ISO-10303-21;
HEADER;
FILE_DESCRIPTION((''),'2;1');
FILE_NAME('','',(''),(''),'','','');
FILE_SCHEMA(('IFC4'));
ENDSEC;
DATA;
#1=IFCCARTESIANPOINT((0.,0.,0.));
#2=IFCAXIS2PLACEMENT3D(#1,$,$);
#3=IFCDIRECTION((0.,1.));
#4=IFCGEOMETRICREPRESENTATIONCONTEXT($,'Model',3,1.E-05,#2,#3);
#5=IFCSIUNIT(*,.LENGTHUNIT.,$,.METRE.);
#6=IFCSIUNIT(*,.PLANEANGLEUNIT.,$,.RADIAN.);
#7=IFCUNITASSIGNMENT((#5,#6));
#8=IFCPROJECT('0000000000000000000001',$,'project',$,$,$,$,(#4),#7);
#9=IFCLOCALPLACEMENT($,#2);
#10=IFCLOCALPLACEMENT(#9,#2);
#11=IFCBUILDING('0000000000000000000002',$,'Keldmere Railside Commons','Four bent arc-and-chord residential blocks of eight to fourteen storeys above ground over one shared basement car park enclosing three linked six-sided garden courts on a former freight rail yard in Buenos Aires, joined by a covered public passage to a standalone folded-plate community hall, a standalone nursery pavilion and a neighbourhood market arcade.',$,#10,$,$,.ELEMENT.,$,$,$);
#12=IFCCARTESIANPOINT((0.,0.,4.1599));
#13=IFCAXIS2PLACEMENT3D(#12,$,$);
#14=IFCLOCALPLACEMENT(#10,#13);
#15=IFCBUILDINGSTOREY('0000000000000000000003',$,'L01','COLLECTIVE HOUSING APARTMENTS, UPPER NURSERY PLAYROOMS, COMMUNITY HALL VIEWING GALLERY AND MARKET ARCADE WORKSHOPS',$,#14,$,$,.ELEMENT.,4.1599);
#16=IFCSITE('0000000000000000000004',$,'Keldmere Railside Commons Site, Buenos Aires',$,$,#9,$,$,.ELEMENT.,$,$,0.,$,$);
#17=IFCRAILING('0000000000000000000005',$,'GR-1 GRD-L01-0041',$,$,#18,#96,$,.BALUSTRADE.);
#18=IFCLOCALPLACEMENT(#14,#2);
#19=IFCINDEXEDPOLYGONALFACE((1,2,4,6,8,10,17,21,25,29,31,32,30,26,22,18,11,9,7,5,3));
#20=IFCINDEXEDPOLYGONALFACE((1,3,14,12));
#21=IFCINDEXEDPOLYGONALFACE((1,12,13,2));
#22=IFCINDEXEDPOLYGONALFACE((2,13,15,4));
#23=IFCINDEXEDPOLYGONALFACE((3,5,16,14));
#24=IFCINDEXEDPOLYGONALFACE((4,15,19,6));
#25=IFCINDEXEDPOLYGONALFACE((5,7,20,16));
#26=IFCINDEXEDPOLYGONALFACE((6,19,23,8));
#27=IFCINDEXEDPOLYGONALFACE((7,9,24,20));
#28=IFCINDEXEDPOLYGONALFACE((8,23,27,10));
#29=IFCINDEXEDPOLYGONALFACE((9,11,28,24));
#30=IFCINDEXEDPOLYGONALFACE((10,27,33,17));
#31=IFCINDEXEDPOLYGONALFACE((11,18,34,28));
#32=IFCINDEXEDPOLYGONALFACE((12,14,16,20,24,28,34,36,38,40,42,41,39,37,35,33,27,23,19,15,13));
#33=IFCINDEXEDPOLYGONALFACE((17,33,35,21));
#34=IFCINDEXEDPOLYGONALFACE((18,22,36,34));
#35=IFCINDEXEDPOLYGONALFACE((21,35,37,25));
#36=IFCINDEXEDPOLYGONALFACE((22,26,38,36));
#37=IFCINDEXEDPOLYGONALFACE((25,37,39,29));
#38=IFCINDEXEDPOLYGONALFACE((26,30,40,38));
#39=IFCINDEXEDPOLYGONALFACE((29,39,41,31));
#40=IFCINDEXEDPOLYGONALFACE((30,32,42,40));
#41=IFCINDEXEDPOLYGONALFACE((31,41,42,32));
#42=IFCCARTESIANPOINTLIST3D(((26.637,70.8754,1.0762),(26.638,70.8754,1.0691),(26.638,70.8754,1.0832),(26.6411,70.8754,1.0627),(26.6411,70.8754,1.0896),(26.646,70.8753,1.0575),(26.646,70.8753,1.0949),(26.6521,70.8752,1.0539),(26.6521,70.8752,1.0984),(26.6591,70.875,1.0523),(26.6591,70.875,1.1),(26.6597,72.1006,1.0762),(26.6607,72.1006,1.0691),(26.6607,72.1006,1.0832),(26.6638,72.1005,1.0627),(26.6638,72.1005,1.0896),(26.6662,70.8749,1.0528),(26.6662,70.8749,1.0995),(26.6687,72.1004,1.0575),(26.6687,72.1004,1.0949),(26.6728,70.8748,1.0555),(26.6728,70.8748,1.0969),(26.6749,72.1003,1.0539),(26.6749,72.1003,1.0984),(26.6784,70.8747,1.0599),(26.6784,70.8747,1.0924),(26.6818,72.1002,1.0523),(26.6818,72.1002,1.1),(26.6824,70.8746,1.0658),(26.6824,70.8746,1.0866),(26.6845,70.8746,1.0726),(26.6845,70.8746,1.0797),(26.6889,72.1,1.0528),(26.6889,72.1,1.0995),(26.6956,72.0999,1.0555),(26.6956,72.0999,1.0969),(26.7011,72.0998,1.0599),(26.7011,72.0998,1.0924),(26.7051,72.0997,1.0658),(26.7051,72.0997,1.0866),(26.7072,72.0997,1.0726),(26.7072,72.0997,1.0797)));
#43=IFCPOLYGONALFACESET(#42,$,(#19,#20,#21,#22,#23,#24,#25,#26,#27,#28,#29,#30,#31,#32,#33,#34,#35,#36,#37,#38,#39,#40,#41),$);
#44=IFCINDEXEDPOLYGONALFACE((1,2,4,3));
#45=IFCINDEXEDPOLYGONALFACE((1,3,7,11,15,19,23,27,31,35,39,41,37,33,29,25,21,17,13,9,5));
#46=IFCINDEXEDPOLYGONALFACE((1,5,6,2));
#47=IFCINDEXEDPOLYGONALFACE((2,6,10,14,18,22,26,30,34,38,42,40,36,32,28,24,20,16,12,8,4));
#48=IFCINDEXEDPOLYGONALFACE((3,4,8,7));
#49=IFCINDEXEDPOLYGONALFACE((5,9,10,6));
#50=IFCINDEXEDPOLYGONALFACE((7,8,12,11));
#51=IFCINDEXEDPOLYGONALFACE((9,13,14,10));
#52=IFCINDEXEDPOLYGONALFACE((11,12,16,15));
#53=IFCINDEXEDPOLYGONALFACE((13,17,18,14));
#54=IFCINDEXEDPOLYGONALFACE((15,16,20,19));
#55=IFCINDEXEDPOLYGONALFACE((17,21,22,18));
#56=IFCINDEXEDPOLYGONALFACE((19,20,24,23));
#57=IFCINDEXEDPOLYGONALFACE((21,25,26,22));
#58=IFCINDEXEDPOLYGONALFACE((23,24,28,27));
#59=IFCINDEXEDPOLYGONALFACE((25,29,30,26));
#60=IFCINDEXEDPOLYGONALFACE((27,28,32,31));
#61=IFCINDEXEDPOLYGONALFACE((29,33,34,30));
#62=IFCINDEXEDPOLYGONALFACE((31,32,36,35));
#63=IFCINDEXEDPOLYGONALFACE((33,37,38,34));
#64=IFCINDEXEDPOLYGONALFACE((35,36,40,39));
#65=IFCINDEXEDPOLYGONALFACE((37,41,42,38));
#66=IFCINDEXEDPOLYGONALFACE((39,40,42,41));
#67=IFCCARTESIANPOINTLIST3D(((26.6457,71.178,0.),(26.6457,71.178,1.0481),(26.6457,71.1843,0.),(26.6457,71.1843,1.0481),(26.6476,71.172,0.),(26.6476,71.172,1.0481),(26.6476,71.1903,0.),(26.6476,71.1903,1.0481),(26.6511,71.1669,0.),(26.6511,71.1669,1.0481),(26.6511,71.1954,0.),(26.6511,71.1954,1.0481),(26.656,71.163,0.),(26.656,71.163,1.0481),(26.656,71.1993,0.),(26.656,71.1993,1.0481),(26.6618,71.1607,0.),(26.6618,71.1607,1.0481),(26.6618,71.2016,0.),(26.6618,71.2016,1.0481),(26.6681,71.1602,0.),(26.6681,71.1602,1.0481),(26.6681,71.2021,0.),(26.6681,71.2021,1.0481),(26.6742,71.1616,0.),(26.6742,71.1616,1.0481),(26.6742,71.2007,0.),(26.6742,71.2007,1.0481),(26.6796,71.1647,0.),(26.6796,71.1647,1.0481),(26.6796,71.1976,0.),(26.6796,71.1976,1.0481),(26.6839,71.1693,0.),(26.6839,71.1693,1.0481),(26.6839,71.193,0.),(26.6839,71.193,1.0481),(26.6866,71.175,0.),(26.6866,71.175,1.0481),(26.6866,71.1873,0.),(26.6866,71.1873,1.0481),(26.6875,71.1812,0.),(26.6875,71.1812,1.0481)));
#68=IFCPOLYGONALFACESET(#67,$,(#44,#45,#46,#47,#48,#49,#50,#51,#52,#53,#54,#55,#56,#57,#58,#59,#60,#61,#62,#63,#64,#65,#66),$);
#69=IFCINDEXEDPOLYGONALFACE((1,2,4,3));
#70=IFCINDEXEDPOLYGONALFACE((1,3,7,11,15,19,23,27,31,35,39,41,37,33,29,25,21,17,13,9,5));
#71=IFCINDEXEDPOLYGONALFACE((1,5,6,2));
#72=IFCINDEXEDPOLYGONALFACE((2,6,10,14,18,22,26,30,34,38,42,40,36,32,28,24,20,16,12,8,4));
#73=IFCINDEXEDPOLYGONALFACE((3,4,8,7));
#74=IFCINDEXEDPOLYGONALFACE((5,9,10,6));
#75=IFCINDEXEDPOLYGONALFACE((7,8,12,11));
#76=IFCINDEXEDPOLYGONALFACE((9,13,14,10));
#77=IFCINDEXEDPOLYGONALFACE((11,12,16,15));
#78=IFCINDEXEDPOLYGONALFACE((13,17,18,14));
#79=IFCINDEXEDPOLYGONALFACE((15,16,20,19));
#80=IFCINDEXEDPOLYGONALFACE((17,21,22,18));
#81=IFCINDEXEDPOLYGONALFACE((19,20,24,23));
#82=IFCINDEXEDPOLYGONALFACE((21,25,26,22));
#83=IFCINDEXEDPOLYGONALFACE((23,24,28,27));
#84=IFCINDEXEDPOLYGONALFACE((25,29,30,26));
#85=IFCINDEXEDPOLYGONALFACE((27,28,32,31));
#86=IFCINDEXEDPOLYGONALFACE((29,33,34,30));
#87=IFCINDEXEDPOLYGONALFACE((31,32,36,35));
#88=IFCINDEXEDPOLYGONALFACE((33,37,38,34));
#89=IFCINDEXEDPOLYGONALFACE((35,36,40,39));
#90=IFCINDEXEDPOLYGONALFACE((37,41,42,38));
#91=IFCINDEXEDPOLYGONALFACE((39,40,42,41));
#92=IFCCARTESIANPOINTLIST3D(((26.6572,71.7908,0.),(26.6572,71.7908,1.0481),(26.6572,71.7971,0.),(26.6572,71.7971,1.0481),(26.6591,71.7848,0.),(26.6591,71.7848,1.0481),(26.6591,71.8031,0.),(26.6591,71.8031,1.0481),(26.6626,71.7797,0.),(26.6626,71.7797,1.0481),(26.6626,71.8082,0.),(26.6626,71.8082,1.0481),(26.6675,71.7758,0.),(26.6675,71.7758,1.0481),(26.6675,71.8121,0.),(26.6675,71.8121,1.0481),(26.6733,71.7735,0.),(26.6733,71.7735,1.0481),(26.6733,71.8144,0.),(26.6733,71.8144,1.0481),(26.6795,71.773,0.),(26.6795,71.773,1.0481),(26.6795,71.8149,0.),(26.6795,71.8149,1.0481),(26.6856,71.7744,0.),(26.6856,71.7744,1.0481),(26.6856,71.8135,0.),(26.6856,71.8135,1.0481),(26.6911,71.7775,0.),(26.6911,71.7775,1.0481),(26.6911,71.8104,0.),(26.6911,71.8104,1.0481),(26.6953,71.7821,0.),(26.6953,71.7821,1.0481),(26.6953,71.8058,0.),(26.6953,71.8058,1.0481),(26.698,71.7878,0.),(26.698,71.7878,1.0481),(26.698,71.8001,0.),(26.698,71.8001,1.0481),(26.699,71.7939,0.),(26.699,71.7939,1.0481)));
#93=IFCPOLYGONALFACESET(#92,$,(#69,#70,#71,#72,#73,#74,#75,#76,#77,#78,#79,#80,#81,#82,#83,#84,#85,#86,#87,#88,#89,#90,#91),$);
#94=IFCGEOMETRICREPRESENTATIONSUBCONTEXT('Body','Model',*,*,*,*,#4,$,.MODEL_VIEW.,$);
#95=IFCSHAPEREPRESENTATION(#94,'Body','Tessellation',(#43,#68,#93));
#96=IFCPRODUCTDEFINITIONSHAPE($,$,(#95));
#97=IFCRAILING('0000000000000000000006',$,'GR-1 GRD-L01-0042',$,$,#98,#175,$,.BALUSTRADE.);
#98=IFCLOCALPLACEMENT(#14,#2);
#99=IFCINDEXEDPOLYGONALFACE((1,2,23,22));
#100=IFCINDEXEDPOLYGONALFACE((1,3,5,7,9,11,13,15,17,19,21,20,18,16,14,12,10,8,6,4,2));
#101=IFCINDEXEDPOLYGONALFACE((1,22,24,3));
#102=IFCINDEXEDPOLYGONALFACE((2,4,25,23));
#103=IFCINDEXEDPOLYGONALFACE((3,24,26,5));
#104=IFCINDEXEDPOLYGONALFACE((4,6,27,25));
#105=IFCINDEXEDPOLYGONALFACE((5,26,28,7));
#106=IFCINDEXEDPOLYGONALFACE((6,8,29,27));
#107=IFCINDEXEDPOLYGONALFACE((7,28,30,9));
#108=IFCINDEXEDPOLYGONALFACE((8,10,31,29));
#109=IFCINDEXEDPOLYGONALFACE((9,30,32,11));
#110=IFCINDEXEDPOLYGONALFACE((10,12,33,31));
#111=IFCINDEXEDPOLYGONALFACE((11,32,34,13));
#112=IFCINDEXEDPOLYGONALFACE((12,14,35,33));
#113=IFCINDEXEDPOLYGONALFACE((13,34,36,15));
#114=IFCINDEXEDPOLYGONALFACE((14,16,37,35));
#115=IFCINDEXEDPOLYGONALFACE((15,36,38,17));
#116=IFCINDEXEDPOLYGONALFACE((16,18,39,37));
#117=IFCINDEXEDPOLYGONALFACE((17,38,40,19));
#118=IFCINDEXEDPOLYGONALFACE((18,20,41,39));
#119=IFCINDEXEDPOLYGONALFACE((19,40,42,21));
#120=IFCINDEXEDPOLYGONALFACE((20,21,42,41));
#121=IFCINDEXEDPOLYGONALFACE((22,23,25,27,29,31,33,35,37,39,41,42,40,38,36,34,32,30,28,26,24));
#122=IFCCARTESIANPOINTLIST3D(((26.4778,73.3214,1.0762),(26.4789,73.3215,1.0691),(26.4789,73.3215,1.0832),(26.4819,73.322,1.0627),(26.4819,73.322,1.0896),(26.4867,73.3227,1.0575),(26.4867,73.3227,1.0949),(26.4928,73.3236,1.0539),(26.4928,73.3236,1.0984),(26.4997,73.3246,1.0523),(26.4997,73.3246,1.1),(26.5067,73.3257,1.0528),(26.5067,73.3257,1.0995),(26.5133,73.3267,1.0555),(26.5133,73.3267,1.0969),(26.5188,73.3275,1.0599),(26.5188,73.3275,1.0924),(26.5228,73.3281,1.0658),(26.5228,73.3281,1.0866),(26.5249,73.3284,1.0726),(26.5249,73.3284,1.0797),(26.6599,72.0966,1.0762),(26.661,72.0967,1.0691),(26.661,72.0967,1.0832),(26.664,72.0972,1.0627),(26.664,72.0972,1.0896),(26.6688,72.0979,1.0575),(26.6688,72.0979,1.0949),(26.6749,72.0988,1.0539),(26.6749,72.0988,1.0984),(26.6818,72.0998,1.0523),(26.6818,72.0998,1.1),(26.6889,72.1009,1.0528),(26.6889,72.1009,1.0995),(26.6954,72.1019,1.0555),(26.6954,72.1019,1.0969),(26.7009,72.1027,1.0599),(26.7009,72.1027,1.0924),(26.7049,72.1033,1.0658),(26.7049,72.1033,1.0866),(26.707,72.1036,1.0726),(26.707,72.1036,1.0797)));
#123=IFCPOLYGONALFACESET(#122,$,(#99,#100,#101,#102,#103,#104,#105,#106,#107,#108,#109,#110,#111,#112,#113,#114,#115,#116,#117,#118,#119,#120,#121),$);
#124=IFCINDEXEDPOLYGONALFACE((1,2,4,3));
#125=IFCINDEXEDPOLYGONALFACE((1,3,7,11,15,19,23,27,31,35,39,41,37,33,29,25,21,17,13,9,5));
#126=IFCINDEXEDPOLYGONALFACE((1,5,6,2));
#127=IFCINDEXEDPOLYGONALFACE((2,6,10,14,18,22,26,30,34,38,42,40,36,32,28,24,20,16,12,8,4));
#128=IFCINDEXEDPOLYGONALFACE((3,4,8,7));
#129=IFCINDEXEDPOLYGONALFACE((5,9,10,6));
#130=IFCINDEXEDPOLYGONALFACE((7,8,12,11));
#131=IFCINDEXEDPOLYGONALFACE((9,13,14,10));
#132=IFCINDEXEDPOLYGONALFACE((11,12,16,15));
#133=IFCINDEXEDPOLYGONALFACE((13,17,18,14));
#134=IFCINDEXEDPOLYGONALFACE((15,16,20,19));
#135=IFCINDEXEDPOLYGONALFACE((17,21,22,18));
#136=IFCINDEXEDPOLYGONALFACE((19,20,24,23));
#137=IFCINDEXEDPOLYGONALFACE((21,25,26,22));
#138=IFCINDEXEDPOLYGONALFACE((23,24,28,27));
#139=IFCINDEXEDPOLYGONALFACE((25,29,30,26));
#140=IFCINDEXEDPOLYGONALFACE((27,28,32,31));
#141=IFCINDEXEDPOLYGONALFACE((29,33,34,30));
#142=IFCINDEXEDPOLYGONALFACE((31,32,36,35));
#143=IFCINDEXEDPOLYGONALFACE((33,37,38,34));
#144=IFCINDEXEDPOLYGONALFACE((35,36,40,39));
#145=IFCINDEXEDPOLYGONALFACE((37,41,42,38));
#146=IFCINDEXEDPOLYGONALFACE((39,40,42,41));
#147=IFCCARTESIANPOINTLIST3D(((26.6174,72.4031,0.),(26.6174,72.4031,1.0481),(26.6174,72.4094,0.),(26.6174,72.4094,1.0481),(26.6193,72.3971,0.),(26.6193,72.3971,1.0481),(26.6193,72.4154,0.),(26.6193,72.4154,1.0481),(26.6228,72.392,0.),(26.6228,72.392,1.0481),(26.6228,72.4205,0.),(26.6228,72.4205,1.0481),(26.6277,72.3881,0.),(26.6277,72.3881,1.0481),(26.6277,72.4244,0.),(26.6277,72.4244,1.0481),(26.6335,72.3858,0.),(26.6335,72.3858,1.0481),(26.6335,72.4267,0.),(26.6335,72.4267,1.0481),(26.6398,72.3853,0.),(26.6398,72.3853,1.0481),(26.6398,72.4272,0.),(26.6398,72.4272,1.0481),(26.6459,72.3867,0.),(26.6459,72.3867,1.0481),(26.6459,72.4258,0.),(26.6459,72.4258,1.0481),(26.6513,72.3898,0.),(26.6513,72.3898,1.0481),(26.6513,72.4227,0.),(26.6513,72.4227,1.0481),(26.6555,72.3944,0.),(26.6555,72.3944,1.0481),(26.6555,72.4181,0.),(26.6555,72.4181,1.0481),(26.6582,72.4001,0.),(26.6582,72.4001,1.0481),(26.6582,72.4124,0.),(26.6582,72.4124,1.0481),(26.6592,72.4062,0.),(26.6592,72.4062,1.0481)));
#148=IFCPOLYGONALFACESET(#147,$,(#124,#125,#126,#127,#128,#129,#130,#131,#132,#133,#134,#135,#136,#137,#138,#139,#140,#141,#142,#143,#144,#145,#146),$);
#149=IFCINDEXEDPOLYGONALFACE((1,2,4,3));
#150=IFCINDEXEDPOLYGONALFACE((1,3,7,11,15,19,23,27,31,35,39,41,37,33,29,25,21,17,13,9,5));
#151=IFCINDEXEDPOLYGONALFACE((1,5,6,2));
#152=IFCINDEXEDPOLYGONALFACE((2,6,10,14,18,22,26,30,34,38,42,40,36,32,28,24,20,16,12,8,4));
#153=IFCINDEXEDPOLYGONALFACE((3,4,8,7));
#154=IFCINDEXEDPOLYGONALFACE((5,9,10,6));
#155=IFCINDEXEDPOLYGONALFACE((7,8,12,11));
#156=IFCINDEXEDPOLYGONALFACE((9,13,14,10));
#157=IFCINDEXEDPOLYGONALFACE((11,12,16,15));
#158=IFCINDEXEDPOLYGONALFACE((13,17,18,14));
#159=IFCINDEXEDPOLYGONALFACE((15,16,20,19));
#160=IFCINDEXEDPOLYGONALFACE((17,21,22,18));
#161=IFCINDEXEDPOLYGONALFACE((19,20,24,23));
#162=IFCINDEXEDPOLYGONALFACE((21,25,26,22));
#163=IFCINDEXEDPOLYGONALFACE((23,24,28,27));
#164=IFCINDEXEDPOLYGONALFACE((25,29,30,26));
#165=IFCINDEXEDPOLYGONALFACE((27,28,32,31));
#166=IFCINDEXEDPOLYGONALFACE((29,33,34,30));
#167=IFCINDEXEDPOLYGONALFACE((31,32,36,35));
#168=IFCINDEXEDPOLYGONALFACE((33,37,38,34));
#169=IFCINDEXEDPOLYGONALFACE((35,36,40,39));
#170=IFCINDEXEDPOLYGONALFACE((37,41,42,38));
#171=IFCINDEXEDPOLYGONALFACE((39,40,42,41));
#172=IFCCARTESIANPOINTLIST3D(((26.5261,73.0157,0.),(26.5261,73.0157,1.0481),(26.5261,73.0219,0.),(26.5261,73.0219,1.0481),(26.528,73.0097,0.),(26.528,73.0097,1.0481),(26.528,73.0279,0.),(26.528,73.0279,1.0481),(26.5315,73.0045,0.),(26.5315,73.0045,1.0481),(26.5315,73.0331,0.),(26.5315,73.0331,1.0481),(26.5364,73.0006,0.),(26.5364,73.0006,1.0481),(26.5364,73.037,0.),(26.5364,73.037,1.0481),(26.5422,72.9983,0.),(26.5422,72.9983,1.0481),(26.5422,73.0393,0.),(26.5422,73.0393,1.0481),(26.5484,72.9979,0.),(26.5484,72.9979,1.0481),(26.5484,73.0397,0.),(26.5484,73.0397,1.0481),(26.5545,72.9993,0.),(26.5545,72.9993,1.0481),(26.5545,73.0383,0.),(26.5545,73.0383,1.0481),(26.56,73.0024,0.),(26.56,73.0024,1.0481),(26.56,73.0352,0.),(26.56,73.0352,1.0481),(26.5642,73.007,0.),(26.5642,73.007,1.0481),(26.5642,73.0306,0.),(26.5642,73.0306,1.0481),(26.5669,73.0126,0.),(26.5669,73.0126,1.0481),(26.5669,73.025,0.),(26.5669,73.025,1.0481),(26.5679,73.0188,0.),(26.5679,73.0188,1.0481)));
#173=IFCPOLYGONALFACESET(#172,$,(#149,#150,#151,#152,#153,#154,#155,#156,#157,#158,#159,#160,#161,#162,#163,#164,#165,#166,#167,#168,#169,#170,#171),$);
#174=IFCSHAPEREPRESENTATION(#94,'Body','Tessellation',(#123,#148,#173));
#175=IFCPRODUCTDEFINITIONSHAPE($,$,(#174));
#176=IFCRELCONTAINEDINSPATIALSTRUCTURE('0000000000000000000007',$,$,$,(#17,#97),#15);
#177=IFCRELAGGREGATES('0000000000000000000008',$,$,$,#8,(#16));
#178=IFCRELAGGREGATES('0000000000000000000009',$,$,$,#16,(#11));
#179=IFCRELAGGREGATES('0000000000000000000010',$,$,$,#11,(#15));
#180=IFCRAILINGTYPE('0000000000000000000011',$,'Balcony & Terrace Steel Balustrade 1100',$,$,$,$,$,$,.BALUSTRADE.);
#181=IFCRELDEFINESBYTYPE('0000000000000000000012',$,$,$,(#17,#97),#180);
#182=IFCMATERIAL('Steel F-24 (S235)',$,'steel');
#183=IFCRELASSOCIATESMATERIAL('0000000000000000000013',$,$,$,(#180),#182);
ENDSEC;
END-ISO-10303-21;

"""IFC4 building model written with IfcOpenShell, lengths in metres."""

from ifc_helpers import new_model, si_unit, direction, frame, origin, origin_2d, place, context, subcontext, project, spatial, circle, extrude, material, type_object, element, save


model = new_model("IFC4")

# Units and contexts
model_context = context("Model", 3, precision=1e-05, world=origin(), true_north=direction((0.0, 1.0)))
body_context = subcontext(model_context, "Body", "Model", "MODEL_VIEW")
ifc_project = project(units=[si_unit("LENGTHUNIT", "METRE"), si_unit("PLANEANGLEUNIT", "RADIAN")], contexts=[model_context])

# Site, building, storey
site_placement = place(None, origin())
site = spatial("IfcSite", under=ifc_project, at=site_placement, Name="Keldmere Railside Commons Site, Buenos Aires", CompositionType="ELEMENT", RefElevation=0.0)
building_placement = place(site_placement, origin())
building = spatial("IfcBuilding", under=site, at=building_placement, Name="Keldmere Railside Commons", Description="Four bent arc-and-chord residential blocks of eight to fourteen storeys above ground over one shared basement car park enclosing three linked six-sided garden courts on a former freight rail yard in Buenos Aires, joined by a covered public passage to a standalone folded-plate community hall, a standalone nursery pavilion and a neighbourhood market arcade.", CompositionType="ELEMENT")
storey_placement = place(building_placement, frame((0.0, 0.0, 4.1599)))
storey = spatial("IfcBuildingStorey", under=building, at=storey_placement, Name="L01", Description="COLLECTIVE HOUSING APARTMENTS, UPPER NURSERY PLAYROOMS, COMMUNITY HALL VIEWING GALLERY AND MARKET ARCADE WORKSHOPS", CompositionType="ELEMENT", Elevation=4.1599)

# Railings
ifc_material_1 = material(Name="Steel F-24 (S235)", Category="steel")
railing_type = type_object("IfcRailingType", Name="Balcony & Terrace Steel Balustrade 1100", PredefinedType="BALUSTRADE", material=ifc_material_1)
railing_1_placement = place(storey_placement, frame((26.6609, 70.875, 0.0)))
element("IfcRailing", 1, at=railing_1_placement, inside=storey, type_object=railing_type, Name="GR-1 GRD-L01-0041", PredefinedType="BALUSTRADE", context=body_context, shape_type="SweptSolid", body=[
    extrude(circle(Radius=0.0239, at=origin_2d()), frame((0.0, 0.0, 1.0762), z_axis=(0.01853, 0.999828, 0.0), x_axis=(-0.999828, 0.01853, 0.0)), (0.0, 0.0, 1.0), 1.2253),
    extrude(circle(Radius=0.021, at=origin_2d()), frame((0.0056, 0.3062, 0.0)), (0.0, 0.0, 1.0), 1.0481),
    extrude(circle(Radius=0.021, at=origin_2d()), frame((0.0171, 0.9189, 0.0)), (0.0, 0.0, 1.0), 1.0481),
])
railing_2_placement = place(storey_placement, frame((26.6836, 72.1001, 0.0)))
element("IfcRailing", 2, at=railing_2_placement, inside=storey, type_object=railing_type, Name="GR-1 GRD-L01-0042", PredefinedType="BALUSTRADE", context=body_context, shape_type="SweptSolid", body=[
    extrude(circle(Radius=0.0239, at=origin_2d()), frame((0.0, 0.0, 1.0762), z_axis=(-0.147077, 0.989125, 0.0), x_axis=(-0.989125, -0.147077, 0.0)), (0.0, 0.0, 1.0), 1.2383),
    extrude(circle(Radius=0.021, at=origin_2d()), frame((-0.0454, 0.3062, 0.0)), (0.0, 0.0, 1.0), 1.0481),
    extrude(circle(Radius=0.021, at=origin_2d()), frame((-0.1367, 0.9187, 0.0)), (0.0, 0.0, 1.0), 1.0481),
])

save(model, "model.ifc")
